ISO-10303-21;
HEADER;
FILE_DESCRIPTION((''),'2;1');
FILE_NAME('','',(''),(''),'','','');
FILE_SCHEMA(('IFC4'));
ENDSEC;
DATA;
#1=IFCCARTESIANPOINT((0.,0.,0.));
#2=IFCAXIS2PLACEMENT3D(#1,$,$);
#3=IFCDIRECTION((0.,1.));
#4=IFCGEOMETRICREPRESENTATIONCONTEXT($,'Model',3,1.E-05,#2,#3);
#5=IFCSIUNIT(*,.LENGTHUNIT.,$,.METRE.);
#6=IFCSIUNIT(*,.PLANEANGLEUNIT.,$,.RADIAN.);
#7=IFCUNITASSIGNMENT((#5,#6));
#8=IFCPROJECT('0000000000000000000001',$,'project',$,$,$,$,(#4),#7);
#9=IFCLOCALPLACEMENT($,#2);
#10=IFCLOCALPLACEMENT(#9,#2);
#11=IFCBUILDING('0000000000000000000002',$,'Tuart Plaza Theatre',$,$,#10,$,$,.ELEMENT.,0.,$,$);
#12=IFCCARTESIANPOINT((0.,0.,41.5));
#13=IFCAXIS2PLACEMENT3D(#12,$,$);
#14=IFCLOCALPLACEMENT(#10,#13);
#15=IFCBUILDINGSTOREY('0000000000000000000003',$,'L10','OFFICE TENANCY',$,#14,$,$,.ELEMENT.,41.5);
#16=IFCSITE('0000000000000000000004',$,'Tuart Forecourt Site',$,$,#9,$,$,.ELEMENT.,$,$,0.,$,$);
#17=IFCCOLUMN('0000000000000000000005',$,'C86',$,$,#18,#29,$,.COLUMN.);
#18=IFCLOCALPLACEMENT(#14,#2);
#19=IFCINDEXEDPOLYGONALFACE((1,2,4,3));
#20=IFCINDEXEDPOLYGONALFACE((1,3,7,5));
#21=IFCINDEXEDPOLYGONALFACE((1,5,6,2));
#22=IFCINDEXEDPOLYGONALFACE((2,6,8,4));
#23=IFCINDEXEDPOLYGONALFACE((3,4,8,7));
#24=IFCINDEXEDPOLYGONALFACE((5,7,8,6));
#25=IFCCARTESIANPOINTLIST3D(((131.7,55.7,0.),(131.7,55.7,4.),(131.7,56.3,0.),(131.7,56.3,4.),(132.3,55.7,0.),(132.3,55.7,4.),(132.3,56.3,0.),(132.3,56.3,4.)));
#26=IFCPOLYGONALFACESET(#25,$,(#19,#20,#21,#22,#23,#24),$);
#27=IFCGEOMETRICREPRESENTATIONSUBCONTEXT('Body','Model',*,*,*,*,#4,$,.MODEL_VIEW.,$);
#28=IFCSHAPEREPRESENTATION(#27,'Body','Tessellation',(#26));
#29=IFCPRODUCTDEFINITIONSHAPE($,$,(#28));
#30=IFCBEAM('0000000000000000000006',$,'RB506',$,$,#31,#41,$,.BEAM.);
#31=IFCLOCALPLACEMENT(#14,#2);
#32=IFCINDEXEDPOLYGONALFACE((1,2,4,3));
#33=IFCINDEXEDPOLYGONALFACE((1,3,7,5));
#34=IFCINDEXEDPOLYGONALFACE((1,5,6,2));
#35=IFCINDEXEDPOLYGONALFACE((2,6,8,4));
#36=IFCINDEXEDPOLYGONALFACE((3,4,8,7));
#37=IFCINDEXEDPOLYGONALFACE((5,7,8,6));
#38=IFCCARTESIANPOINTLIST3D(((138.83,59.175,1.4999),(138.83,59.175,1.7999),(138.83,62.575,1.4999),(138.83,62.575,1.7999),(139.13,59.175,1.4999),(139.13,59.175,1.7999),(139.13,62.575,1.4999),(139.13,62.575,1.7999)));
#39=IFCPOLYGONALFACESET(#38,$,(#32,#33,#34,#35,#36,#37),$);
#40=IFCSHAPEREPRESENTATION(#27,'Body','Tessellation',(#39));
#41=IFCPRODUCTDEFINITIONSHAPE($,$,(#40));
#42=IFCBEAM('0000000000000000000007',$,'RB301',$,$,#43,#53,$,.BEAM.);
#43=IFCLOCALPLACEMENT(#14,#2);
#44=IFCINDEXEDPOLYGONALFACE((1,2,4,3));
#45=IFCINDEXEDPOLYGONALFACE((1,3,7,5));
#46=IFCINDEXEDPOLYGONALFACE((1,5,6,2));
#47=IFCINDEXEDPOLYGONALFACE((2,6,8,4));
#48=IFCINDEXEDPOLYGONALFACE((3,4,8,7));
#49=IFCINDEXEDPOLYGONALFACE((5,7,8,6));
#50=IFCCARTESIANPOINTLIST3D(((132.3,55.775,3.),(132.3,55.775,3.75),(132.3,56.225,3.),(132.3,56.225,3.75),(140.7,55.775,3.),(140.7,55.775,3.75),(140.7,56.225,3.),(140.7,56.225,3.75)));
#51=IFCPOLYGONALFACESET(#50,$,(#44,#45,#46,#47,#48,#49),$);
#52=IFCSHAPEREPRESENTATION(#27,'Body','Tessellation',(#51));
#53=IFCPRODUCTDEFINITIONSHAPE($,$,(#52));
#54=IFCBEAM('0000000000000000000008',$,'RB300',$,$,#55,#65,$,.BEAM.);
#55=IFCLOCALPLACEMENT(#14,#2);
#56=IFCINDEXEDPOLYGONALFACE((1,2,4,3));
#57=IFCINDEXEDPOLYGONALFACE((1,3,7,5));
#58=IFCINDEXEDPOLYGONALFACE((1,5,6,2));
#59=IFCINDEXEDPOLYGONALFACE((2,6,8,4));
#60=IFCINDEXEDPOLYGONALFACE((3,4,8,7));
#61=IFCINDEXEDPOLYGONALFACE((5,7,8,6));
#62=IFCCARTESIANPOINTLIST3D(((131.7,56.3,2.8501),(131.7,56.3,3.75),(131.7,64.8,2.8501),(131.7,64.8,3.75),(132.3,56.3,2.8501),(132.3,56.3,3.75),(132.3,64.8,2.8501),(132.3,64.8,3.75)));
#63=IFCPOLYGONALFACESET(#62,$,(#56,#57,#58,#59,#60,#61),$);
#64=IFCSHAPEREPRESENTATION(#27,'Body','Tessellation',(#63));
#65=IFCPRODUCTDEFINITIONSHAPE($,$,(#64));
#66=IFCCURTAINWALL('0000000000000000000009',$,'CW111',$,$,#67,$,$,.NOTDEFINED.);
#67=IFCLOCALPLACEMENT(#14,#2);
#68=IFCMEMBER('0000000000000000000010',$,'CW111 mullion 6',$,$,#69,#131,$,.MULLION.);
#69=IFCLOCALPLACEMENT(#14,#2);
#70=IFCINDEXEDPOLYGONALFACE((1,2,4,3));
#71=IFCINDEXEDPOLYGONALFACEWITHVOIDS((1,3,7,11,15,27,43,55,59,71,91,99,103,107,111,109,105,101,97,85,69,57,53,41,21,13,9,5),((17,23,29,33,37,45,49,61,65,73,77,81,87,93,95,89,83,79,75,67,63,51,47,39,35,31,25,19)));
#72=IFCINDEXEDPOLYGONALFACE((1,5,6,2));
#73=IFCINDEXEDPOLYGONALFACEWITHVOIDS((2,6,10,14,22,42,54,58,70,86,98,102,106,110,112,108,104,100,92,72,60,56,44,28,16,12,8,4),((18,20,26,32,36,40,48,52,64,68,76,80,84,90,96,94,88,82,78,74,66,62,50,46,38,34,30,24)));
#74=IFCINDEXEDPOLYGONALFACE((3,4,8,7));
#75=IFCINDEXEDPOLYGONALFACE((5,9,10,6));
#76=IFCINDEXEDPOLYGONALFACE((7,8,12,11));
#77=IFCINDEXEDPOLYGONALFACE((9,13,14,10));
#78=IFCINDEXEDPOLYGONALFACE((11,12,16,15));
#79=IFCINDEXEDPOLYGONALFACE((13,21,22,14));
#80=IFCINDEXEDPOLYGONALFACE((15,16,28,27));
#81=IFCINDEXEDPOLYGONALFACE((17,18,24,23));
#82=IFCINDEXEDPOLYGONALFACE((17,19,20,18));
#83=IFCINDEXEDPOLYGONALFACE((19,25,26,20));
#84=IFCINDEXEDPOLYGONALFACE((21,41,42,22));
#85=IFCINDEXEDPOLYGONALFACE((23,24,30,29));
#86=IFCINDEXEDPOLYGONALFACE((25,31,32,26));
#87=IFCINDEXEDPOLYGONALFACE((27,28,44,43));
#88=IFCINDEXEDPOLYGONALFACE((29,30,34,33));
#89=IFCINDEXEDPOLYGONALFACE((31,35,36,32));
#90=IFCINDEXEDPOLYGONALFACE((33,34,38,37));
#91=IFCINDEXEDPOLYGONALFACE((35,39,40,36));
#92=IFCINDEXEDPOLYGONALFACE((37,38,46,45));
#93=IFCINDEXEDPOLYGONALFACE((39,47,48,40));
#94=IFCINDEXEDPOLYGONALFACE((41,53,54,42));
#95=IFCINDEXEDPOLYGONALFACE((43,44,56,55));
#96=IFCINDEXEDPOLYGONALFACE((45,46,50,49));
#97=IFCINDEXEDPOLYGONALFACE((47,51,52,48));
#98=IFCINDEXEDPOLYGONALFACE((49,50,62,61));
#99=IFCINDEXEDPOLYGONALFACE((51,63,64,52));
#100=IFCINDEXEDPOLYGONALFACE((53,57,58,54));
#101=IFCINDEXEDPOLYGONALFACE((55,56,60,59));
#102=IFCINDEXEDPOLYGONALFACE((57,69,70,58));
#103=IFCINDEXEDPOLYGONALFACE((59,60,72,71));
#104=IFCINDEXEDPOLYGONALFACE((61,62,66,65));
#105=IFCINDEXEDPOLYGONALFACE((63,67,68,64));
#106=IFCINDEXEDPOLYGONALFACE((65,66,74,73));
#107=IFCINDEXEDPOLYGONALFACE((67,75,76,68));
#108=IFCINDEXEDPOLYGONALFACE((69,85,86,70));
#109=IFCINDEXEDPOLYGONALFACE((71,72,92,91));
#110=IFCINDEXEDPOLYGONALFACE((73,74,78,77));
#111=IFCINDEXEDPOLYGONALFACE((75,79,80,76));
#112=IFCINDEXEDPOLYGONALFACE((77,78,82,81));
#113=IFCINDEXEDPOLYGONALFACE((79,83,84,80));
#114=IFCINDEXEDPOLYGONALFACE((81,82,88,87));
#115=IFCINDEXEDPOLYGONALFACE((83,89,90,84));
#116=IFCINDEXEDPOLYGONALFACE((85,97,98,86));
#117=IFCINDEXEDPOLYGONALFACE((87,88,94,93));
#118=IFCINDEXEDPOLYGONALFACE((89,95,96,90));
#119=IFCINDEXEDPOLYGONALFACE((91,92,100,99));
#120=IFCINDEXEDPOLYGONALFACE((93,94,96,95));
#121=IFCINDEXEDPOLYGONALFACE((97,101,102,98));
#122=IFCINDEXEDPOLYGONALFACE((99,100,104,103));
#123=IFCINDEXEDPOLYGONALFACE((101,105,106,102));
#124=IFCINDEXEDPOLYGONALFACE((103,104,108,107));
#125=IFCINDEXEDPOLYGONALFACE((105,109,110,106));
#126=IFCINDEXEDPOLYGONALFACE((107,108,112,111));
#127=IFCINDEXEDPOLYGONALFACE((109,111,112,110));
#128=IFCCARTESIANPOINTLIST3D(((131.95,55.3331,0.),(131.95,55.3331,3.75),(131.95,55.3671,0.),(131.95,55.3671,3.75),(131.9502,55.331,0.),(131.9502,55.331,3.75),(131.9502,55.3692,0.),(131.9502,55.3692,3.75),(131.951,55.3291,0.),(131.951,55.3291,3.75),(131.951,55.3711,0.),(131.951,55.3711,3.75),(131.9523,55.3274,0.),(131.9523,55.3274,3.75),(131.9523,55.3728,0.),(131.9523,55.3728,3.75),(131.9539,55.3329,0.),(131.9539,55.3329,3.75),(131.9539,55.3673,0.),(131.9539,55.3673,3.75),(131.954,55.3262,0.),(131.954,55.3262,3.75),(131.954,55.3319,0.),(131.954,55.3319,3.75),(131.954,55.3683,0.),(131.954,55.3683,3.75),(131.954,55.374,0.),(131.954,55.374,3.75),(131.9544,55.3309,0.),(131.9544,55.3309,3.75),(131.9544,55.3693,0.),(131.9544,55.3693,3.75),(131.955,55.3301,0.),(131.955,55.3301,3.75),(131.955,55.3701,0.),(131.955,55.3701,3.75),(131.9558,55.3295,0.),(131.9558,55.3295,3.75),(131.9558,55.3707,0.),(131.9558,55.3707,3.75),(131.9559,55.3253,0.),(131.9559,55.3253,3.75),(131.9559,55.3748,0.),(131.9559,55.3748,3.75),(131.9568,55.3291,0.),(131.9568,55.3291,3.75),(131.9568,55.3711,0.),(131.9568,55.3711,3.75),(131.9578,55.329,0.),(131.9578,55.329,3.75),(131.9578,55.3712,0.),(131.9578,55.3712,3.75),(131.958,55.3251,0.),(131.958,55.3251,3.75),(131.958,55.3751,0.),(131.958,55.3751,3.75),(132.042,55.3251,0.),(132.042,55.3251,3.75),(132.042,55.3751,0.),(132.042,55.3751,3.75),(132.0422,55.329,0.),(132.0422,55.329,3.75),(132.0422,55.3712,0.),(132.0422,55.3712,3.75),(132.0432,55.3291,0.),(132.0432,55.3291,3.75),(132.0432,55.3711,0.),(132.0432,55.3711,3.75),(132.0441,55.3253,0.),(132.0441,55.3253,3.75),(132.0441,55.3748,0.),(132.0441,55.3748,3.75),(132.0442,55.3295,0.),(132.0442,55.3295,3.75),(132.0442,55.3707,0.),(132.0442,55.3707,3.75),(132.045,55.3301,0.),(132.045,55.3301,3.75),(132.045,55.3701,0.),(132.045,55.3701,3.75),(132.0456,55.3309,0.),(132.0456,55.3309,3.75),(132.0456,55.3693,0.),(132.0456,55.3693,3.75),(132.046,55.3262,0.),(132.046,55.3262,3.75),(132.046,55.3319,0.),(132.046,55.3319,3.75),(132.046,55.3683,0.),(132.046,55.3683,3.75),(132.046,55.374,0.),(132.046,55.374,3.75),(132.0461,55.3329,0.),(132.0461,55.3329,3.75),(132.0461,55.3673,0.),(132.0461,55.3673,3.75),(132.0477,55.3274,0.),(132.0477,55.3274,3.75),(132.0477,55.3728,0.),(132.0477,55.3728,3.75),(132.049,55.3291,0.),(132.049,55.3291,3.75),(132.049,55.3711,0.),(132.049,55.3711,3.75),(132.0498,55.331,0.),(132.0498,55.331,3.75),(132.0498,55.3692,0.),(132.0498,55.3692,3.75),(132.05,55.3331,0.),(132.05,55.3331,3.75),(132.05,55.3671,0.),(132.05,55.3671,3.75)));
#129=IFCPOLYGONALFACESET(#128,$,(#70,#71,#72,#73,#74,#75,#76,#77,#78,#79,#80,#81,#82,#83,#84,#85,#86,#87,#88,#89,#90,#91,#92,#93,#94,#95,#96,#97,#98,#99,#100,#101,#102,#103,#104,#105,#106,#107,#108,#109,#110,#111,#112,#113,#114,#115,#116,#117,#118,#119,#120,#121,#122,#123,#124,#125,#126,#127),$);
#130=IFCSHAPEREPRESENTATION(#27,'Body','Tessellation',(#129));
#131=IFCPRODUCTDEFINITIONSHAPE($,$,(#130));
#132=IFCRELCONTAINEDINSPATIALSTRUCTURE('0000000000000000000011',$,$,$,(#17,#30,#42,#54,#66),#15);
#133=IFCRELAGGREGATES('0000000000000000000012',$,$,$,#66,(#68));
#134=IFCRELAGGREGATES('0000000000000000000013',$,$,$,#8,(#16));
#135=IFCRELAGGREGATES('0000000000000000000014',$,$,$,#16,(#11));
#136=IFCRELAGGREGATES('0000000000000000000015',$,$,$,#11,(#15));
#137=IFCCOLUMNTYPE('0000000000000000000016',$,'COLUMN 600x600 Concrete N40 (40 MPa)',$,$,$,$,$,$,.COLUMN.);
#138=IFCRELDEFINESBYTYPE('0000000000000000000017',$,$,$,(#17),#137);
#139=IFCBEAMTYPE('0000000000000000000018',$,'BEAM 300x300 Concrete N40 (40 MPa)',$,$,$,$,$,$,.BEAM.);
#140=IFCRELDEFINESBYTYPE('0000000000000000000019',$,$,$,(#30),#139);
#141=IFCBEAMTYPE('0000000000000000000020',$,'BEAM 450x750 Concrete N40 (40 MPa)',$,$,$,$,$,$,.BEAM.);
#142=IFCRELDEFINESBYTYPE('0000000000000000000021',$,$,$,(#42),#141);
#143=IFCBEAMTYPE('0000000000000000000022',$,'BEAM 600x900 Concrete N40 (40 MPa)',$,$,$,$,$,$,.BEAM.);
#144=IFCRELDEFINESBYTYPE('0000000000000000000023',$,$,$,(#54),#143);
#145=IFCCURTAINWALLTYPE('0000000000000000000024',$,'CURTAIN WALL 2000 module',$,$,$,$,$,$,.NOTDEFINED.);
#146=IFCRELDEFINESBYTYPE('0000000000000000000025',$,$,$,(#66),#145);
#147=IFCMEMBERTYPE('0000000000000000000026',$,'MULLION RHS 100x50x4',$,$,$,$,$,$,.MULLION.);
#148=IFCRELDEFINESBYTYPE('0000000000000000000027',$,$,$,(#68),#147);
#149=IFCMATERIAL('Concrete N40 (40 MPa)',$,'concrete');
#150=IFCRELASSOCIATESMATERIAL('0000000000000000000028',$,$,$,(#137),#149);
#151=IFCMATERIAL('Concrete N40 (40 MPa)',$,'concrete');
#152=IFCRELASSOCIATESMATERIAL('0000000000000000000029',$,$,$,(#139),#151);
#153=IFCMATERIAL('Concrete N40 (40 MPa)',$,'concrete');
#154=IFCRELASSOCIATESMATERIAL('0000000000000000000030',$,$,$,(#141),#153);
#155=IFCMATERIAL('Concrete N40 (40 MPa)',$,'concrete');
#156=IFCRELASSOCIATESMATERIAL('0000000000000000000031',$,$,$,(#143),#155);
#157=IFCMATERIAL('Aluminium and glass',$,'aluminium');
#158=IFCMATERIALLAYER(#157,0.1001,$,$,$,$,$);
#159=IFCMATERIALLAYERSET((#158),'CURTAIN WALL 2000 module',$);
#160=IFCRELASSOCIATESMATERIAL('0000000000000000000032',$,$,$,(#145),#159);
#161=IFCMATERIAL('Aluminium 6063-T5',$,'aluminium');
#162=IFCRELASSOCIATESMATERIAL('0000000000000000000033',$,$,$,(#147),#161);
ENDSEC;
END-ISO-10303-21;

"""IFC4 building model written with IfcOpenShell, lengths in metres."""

from ifc_helpers import new_model, si_unit, direction, frame, origin, origin_2d, place, context, subcontext, project, spatial, rectangle, hollow_rectangle, extrude, material, layer, layer_set, material_profile, profile_set, type_object, element, aggregate, save


model = new_model("IFC4")

# Units and contexts
model_context = context("Model", 3, precision=1e-05, world=origin(), true_north=direction((0.0, 1.0)))
body_context = subcontext(model_context, "Body", "Model", "MODEL_VIEW")
ifc_project = project(units=[si_unit("LENGTHUNIT", "METRE"), si_unit("PLANEANGLEUNIT", "RADIAN")], contexts=[model_context])

# Site, building, storey
site_placement = place(None, origin())
site = spatial("IfcSite", under=ifc_project, at=site_placement, Name="Tuart Forecourt Site", CompositionType="ELEMENT", RefElevation=0.0)
building_placement = place(site_placement, origin())
building = spatial("IfcBuilding", under=site, at=building_placement, Name="Tuart Plaza Theatre", CompositionType="ELEMENT", ElevationOfRefHeight=0.0)
storey_placement = place(building_placement, frame((0.0, 0.0, 41.5)))
storey = spatial("IfcBuildingStorey", under=building, at=storey_placement, Name="L10", Description="OFFICE TENANCY", CompositionType="ELEMENT", Elevation=41.5)

# Column
ifc_material_1 = material(Name="Concrete N40 (40 MPa)", Category="concrete")
ifc_material_profile_1 = material_profile(ifc_material_1, rectangle(XDim=0.6001, YDim=0.6001, at=origin_2d()), Name="COLUMN 600x600 Concrete N40 (40 MPa)")
ifc_profile_set_1 = profile_set([ifc_material_profile_1], Name="Concrete N40 (40 MPa)")
column_type = type_object("IfcColumnType", Name="COLUMN 600x600 Concrete N40 (40 MPa)", PredefinedType="COLUMN", material=ifc_profile_set_1)
column_placement = place(storey_placement, frame((132.0, 56.0, 0.0), z_axis=(0.0, 0.0, 1.0), x_axis=(1.0, 0.0, 0.0)))
element("IfcColumn", 1, at=column_placement, inside=storey, type_object=column_type, Name="C86", PredefinedType="COLUMN", context=body_context, shape_type="SweptSolid", body=[
    extrude(rectangle(XDim=0.6001, YDim=0.6001, at=origin_2d()), origin(), (0.0, 0.0, 1.0), 4.0),
])

# Beams
ifc_material_2 = material(Name="Concrete N40 (40 MPa)", Category="concrete")
ifc_material_profile_2 = material_profile(ifc_material_2, rectangle(XDim=0.3, YDim=0.3, at=origin_2d()), Name="BEAM 300x300 Concrete N40 (40 MPa)")
ifc_profile_set_2 = profile_set([ifc_material_profile_2], Name="Concrete N40 (40 MPa)")
beam_type_1 = type_object("IfcBeamType", Name="BEAM 300x300 Concrete N40 (40 MPa)", PredefinedType="BEAM", material=ifc_profile_set_2)
beam_1_placement = place(storey_placement, frame((138.98, 59.175, 1.6499), z_axis=(0.0, 1.0, 0.0), x_axis=(-1.0, 0.0, 0.0)))
element("IfcBeam", 2, at=beam_1_placement, inside=storey, type_object=beam_type_1, Name="RB506", PredefinedType="BEAM", context=body_context, shape_type="SweptSolid", body=[
    extrude(rectangle(XDim=0.3, YDim=0.3, at=origin_2d()), origin(), (0.0, 0.0, 1.0), 3.3999),
])
ifc_material_3 = material(Name="Concrete N40 (40 MPa)", Category="concrete")
ifc_material_profile_3 = material_profile(ifc_material_3, rectangle(XDim=0.45, YDim=0.75, at=origin_2d()), Name="BEAM 450x750 Concrete N40 (40 MPa)")
ifc_profile_set_3 = profile_set([ifc_material_profile_3], Name="Concrete N40 (40 MPa)")
beam_type_2 = type_object("IfcBeamType", Name="BEAM 450x750 Concrete N40 (40 MPa)", PredefinedType="BEAM", material=ifc_profile_set_3)
beam_2_placement = place(storey_placement, frame((132.3, 56.0, 3.375), z_axis=(1.0, 0.0, 0.0), x_axis=(0.0, 1.0, 0.0)))
element("IfcBeam", 3, at=beam_2_placement, inside=storey, type_object=beam_type_2, Name="RB301", PredefinedType="BEAM", context=body_context, shape_type="SweptSolid", body=[
    extrude(rectangle(XDim=0.45, YDim=0.75, at=origin_2d()), origin(), (0.0, 0.0, 1.0), 8.3999),
])
ifc_material_4 = material(Name="Concrete N40 (40 MPa)", Category="concrete")
ifc_material_profile_4 = material_profile(ifc_material_4, rectangle(XDim=0.6001, YDim=0.8999, at=origin_2d()), Name="BEAM 600x900 Concrete N40 (40 MPa)")
ifc_profile_set_4 = profile_set([ifc_material_profile_4], Name="Concrete N40 (40 MPa)")
beam_type_3 = type_object("IfcBeamType", Name="BEAM 600x900 Concrete N40 (40 MPa)", PredefinedType="BEAM", material=ifc_profile_set_4)
beam_3_placement = place(storey_placement, frame((132.0, 56.3, 3.3), z_axis=(0.0, 1.0, 0.0), x_axis=(-1.0, 0.0, 0.0)))
element("IfcBeam", 4, at=beam_3_placement, inside=storey, type_object=beam_type_3, Name="RB300", PredefinedType="BEAM", context=body_context, shape_type="SweptSolid", body=[
    extrude(rectangle(XDim=0.6001, YDim=0.8999, at=origin_2d()), origin(), (0.0, 0.0, 1.0), 8.5),
])

# Curtain wall, member
ifc_material_5 = material(Name="Aluminium and glass", Category="aluminium")
ifc_layer_1 = layer(ifc_material_5, 0.1001)
ifc_layer_set_1 = layer_set([ifc_layer_1], Name="CURTAIN WALL 2000 module")
curtain_wall_type = type_object("IfcCurtainWallType", Name="CURTAIN WALL 2000 module", PredefinedType="NOTDEFINED", material=ifc_layer_set_1)
curtain_wall_placement = place(storey_placement, origin())
curtain_wall = element("IfcCurtainWall", 5, at=curtain_wall_placement, inside=storey, type_object=curtain_wall_type, Name="CW111", PredefinedType="NOTDEFINED")
ifc_material_6 = material(Name="Aluminium 6063-T5", Category="aluminium")
ifc_material_profile_5 = material_profile(ifc_material_6, hollow_rectangle(XDim=0.05, YDim=0.1001, WallThickness=0.0039, InnerFilletRadius=0.0039, OuterFilletRadius=0.0081, at=origin_2d()), Name="RHS 100x50x4")
ifc_profile_set_5 = profile_set([ifc_material_profile_5], Name="Aluminium 6063-T5")
member_type_1 = type_object("IfcMemberType", Name="MULLION RHS 100x50x4", PredefinedType="MULLION", material=ifc_profile_set_5)
member_1_placement = place(storey_placement, frame((132.0, 55.3501, 0.0), z_axis=(0.0, 0.0, 1.0), x_axis=(0.0, 1.0, 0.0)))
member_1 = element("IfcMember", 6, at=member_1_placement, type_object=member_type_1, Name="CW111 mullion 6", PredefinedType="MULLION", context=body_context, shape_type="SweptSolid", body=[
    extrude(hollow_rectangle(XDim=0.05, YDim=0.1001, WallThickness=0.0039, InnerFilletRadius=0.0039, OuterFilletRadius=0.0081, at=origin_2d()), origin(), (0.0, 0.0, 1.0), 3.75),
])
aggregate(curtain_wall, [member_1])

save(model, "model.ifc")
